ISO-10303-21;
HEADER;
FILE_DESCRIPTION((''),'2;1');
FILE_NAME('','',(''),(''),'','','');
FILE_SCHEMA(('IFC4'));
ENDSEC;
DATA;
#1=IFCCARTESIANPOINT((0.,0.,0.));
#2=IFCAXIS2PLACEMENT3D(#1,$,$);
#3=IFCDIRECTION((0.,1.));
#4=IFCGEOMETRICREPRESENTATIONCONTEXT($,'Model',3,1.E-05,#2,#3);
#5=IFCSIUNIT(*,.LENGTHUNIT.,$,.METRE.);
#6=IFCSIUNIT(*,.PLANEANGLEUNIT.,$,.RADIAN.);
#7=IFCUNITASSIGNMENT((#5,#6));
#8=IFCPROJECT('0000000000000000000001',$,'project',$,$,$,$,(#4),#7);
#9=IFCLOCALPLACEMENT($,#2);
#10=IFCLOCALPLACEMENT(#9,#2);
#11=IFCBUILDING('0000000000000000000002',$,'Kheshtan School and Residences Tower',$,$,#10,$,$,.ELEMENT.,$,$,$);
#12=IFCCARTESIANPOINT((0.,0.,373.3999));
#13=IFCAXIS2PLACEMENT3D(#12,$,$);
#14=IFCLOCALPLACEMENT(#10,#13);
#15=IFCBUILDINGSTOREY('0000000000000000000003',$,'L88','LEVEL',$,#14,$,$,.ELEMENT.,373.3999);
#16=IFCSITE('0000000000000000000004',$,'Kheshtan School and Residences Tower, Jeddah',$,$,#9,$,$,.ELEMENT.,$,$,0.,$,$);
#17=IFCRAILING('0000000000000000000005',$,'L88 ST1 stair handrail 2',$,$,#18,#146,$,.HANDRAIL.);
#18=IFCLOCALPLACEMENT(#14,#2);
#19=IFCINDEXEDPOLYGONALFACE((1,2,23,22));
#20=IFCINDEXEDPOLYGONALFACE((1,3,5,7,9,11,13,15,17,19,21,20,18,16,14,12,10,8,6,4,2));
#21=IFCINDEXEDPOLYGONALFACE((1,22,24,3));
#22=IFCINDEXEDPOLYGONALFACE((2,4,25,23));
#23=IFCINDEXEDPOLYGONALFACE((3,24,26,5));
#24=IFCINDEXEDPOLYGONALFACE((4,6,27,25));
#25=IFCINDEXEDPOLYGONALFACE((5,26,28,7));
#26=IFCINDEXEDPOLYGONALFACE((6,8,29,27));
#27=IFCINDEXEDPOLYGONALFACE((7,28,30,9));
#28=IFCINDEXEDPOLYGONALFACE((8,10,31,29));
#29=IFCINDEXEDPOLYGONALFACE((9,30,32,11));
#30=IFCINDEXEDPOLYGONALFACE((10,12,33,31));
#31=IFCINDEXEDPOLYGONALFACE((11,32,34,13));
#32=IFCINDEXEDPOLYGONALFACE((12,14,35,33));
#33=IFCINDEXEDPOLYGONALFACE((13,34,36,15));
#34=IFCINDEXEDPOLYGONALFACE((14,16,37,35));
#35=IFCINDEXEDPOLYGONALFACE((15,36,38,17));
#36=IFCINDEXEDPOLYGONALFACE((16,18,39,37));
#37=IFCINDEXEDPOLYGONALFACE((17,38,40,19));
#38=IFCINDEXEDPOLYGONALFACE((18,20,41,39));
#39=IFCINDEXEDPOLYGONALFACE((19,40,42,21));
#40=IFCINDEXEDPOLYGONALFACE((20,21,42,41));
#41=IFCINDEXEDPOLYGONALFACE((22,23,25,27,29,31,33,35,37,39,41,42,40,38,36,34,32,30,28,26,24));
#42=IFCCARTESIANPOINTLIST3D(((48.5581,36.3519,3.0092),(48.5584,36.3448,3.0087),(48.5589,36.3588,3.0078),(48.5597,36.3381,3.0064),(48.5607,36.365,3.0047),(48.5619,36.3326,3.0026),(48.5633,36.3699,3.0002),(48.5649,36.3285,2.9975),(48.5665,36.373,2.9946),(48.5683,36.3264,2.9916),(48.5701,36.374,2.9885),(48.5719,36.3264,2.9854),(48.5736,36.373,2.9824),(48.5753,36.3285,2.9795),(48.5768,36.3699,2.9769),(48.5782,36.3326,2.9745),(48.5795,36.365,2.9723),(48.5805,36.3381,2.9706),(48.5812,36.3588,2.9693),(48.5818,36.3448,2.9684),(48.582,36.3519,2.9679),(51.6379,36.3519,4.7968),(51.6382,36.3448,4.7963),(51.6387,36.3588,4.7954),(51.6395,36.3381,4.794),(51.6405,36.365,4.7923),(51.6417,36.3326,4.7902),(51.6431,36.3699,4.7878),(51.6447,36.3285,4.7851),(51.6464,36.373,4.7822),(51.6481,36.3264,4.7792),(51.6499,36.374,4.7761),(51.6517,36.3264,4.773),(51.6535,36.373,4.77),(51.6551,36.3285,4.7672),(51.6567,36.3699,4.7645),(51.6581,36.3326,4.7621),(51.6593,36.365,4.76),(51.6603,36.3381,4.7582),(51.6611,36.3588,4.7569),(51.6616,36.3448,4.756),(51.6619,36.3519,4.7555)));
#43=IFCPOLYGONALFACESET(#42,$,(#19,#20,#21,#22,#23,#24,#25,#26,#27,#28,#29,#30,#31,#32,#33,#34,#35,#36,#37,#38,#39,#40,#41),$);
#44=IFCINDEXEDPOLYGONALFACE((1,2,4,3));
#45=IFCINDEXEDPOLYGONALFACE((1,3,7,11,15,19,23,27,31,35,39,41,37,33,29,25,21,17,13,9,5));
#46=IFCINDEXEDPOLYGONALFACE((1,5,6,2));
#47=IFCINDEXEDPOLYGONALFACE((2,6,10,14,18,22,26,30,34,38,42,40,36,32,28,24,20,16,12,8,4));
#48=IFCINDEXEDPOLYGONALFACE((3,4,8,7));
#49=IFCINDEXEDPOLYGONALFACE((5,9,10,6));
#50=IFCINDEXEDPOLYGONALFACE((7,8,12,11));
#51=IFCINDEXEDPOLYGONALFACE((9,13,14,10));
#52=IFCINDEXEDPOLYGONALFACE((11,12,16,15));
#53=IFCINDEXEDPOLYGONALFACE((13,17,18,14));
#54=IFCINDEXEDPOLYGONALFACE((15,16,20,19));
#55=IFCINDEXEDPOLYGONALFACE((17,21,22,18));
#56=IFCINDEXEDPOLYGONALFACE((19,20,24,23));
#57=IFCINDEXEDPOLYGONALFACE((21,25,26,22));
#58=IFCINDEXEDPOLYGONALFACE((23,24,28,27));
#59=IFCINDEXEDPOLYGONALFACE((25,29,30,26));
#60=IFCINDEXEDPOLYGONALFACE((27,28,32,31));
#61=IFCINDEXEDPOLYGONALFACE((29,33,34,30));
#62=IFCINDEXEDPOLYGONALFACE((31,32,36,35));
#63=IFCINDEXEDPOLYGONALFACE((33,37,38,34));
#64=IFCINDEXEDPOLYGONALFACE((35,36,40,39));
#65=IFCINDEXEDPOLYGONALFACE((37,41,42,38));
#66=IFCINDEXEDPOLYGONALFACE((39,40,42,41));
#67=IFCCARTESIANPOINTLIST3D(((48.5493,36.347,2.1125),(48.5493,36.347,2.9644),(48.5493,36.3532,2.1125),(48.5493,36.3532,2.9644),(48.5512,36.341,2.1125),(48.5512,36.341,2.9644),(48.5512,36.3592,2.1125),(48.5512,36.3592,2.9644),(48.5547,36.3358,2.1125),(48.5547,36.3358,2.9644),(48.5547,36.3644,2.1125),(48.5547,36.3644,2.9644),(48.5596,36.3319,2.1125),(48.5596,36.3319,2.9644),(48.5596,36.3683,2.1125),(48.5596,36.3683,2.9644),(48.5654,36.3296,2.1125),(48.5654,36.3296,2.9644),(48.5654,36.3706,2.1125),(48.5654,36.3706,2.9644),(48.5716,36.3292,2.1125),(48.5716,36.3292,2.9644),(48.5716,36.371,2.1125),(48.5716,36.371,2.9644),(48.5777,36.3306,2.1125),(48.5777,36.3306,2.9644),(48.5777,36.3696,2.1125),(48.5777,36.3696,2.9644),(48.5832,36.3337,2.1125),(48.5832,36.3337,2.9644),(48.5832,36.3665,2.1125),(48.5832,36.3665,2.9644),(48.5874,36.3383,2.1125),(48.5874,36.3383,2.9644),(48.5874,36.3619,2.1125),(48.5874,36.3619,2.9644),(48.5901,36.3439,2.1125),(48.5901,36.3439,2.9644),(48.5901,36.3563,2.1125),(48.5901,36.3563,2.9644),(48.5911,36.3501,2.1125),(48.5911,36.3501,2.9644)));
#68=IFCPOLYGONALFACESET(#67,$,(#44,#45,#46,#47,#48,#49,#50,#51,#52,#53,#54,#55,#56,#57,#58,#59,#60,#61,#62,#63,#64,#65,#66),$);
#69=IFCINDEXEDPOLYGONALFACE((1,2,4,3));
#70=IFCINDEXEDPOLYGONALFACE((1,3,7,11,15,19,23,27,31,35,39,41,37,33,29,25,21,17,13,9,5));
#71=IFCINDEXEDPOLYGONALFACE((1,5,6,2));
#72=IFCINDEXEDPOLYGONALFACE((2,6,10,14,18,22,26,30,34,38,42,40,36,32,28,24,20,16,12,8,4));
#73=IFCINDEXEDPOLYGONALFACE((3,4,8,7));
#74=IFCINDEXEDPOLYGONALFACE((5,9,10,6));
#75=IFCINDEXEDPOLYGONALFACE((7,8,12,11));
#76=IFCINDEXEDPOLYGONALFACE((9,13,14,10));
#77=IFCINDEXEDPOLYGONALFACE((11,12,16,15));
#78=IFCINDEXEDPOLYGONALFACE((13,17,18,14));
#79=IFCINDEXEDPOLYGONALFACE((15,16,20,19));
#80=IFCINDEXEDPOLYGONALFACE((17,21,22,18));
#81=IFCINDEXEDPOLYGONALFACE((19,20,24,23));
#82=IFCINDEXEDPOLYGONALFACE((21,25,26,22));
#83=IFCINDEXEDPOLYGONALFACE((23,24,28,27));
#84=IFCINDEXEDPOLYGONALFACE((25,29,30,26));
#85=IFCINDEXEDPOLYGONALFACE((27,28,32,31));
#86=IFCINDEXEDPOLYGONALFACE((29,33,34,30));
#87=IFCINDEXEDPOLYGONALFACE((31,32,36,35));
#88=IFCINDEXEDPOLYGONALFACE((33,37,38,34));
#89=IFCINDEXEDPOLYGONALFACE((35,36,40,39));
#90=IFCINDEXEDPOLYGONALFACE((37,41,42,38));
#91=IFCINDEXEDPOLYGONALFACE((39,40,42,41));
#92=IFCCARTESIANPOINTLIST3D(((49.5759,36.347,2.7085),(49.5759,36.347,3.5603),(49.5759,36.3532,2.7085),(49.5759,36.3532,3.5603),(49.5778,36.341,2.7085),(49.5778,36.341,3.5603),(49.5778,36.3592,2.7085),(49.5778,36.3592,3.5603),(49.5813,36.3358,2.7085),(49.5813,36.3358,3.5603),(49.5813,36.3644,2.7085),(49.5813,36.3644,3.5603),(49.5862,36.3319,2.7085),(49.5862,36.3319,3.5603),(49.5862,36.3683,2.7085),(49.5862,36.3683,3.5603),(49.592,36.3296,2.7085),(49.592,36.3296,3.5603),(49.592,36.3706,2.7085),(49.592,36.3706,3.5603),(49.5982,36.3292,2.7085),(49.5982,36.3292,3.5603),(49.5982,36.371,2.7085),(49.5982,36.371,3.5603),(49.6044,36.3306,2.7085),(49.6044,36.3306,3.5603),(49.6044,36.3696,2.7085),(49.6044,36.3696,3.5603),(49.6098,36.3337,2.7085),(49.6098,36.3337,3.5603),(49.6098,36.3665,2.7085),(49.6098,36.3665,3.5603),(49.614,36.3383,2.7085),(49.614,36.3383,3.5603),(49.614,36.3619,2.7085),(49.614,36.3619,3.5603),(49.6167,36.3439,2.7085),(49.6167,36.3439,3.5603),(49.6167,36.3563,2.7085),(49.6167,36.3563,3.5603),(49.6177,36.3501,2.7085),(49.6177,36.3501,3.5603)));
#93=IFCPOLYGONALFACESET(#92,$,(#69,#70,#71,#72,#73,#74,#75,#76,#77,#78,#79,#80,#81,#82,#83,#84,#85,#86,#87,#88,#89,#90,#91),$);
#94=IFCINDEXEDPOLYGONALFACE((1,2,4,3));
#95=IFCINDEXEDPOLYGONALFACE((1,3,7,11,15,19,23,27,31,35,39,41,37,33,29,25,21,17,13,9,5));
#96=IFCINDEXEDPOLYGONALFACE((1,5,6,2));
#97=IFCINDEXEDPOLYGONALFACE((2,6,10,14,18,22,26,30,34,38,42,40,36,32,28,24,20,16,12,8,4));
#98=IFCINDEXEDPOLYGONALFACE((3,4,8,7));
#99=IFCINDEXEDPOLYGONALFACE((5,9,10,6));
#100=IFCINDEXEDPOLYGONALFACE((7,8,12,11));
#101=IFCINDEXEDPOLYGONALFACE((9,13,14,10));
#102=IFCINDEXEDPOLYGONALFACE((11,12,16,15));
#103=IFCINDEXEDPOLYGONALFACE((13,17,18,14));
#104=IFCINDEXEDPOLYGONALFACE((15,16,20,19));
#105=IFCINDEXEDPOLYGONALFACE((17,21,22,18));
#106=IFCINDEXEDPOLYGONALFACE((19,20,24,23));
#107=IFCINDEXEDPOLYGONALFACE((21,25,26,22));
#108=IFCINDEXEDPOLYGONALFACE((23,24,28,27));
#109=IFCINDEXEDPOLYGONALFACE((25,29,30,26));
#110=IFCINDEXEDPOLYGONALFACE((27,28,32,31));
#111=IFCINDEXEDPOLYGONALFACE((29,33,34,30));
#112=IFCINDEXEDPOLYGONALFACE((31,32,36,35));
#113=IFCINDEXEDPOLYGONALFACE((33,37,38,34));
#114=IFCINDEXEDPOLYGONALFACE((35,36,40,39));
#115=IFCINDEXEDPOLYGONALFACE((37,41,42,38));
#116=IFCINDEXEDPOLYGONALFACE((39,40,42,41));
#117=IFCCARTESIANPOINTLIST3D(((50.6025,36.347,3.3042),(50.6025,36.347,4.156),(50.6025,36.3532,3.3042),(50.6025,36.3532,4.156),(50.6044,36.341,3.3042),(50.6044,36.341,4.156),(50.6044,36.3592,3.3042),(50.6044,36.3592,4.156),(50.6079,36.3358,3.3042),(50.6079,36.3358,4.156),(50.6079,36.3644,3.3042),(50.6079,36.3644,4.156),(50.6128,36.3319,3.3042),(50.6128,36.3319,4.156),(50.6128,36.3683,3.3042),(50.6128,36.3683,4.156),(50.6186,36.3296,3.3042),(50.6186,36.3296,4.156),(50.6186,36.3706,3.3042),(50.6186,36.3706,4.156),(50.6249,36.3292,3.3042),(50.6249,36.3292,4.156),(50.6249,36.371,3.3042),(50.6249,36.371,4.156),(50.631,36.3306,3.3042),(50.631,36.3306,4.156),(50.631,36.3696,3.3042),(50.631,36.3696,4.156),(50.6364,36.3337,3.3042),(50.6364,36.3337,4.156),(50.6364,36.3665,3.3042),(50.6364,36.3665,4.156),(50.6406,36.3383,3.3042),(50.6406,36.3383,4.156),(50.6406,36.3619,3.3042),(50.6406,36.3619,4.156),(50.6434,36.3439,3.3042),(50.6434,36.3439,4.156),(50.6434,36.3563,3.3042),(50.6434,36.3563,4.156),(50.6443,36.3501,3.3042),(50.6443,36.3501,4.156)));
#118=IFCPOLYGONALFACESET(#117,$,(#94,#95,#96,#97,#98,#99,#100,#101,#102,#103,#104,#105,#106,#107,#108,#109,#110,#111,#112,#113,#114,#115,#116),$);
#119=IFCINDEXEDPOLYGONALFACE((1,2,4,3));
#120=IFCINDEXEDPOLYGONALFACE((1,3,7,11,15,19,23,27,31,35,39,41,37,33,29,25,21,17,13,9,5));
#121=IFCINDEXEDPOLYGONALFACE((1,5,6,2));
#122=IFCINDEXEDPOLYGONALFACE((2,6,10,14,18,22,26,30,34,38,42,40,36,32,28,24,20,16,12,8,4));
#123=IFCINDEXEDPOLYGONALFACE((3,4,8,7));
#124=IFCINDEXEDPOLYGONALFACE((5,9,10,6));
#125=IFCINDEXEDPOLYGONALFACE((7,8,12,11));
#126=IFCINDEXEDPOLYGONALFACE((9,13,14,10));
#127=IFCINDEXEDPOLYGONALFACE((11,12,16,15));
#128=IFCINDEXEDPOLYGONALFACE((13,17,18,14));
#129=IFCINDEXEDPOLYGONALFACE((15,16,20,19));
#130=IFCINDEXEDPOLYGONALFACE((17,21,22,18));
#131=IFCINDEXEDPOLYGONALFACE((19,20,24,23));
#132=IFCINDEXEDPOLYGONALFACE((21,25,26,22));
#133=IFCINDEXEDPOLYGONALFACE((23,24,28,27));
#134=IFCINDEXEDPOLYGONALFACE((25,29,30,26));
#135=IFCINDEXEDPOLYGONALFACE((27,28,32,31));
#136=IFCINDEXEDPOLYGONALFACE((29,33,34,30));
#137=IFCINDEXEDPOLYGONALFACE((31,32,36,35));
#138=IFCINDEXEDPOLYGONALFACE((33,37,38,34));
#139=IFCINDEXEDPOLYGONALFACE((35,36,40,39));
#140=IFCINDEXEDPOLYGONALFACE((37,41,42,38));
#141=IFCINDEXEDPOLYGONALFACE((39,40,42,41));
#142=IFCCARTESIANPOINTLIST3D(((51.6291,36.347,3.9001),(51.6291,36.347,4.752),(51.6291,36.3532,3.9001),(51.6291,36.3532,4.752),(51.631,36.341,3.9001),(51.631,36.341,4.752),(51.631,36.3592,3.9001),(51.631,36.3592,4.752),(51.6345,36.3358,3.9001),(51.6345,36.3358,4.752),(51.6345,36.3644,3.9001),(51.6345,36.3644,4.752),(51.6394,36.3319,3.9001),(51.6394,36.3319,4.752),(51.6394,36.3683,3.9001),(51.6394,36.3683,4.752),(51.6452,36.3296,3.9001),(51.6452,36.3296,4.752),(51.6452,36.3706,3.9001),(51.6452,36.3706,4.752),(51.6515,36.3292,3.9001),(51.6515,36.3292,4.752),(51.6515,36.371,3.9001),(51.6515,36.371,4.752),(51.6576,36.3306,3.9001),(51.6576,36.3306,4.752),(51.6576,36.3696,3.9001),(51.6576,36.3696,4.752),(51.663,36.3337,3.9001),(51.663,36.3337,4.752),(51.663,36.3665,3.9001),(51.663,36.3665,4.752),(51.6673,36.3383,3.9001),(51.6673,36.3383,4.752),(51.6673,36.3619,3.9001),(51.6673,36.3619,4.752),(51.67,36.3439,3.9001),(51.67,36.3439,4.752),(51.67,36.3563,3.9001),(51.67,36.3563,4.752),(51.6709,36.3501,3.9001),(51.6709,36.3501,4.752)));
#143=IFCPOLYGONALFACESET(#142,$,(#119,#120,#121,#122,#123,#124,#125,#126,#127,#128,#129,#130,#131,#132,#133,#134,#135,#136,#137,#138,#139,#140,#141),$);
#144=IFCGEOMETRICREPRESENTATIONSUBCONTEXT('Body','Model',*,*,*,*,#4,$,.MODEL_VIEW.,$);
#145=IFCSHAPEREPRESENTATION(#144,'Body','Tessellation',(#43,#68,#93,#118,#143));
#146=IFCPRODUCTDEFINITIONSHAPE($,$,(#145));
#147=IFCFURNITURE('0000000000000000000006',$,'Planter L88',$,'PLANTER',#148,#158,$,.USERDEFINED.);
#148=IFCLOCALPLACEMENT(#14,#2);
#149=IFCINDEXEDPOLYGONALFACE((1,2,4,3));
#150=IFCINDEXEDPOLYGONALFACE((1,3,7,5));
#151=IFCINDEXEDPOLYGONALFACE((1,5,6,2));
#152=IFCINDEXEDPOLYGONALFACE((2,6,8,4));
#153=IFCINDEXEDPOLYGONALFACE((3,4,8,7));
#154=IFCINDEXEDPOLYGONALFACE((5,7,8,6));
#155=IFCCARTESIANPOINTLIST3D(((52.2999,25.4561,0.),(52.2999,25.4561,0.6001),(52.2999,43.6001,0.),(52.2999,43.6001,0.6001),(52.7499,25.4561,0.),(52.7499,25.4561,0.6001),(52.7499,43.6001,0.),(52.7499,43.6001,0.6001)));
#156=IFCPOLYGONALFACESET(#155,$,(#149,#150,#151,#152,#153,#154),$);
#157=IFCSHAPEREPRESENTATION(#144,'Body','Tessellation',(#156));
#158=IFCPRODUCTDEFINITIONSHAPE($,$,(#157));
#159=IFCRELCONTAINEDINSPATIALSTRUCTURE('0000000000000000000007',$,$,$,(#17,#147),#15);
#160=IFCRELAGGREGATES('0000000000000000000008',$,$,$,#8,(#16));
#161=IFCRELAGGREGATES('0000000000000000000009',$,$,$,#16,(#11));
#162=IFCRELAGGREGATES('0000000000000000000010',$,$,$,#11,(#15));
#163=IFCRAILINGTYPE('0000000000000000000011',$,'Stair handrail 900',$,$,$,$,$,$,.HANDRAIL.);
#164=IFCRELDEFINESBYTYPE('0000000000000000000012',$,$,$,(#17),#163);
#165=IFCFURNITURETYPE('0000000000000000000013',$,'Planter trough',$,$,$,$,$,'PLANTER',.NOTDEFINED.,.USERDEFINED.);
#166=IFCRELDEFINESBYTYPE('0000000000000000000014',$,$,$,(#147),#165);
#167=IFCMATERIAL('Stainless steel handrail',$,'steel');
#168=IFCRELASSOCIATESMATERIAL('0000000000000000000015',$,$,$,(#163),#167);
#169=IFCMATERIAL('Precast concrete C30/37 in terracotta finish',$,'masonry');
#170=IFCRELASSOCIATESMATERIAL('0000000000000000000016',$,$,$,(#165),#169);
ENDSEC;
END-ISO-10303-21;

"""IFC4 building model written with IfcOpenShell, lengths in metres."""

from ifc_helpers import new_model, si_unit, direction, frame, origin, origin_2d, place, context, subcontext, project, spatial, rectangle, circle, extrude, material, type_object, element, save


model = new_model("IFC4")

# Units and contexts
model_context = context("Model", 3, precision=1e-05, world=origin(), true_north=direction((0.0, 1.0)))
body_context = subcontext(model_context, "Body", "Model", "MODEL_VIEW")
ifc_project = project(units=[si_unit("LENGTHUNIT", "METRE"), si_unit("PLANEANGLEUNIT", "RADIAN")], contexts=[model_context])

# Site, building, storey
site_placement = place(None, origin())
site = spatial("IfcSite", under=ifc_project, at=site_placement, Name="Kheshtan School and Residences Tower, Jeddah", CompositionType="ELEMENT", RefElevation=0.0)
building_placement = place(site_placement, origin())
building = spatial("IfcBuilding", under=site, at=building_placement, Name="Kheshtan School and Residences Tower", CompositionType="ELEMENT")
storey_placement = place(building_placement, frame((0.0, 0.0, 373.3999)))
storey = spatial("IfcBuildingStorey", under=building, at=storey_placement, Name="L88", Description="LEVEL", CompositionType="ELEMENT", Elevation=373.3999)

# Railing
ifc_material_1 = material(Name="Stainless steel handrail", Category="steel")
railing_type_1 = type_object("IfcRailingType", Name="Stair handrail 900", PredefinedType="HANDRAIL", material=ifc_material_1)
railing_1_placement = place(storey_placement, frame((48.5701, 36.3501, 2.1125)))
element("IfcRailing", 1, at=railing_1_placement, inside=storey, type_object=railing_type_1, Name="L88 ST1 stair handrail 2", PredefinedType="HANDRAIL", context=body_context, shape_type="SweptSolid", body=[
    extrude(circle(Radius=0.0239, at=origin_2d()), frame((0.0, 0.0, 0.876), z_axis=(0.864873, 0.0, 0.50199), x_axis=(0.0, 1.0, 0.0)), (0.0, 0.0, 1.0), 3.561),
    extrude(circle(Radius=0.021, at=origin_2d()), origin(), (0.0, 0.0, 1.0), 0.8518),
    extrude(circle(Radius=0.021, at=origin_2d()), frame((1.0266, 0.0, 0.5959)), (0.0, 0.0, 1.0), 0.8518),
    extrude(circle(Radius=0.021, at=origin_2d()), frame((2.0532, 0.0, 1.1917)), (0.0, 0.0, 1.0), 0.8518),
    extrude(circle(Radius=0.021, at=origin_2d()), frame((3.0798, 0.0, 1.7876)), (0.0, 0.0, 1.0), 0.8518),
])

# Furniture
ifc_material_2 = material(Name="Precast concrete C30/37 in terracotta finish", Category="masonry")
furniture_type = type_object("IfcFurnitureType", Name="Planter trough", ElementType="PLANTER", AssemblyPlace="NOTDEFINED", PredefinedType="USERDEFINED", material=ifc_material_2)
furniture_placement = place(storey_placement, frame((52.5249, 34.5281, 0.0), z_axis=(0.0, 0.0, 1.0), x_axis=(0.0, -1.0, 0.0)))
element("IfcFurniture", 2, at=furniture_placement, inside=storey, type_object=furniture_type, Name="Planter L88", ObjectType="PLANTER", PredefinedType="USERDEFINED", context=body_context, shape_type="SweptSolid", body=[
    extrude(rectangle(XDim=18.144, YDim=0.45, at=origin_2d()), origin(), (0.0, 0.0, 1.0), 0.6001),
])

save(model, "model.ifc")
